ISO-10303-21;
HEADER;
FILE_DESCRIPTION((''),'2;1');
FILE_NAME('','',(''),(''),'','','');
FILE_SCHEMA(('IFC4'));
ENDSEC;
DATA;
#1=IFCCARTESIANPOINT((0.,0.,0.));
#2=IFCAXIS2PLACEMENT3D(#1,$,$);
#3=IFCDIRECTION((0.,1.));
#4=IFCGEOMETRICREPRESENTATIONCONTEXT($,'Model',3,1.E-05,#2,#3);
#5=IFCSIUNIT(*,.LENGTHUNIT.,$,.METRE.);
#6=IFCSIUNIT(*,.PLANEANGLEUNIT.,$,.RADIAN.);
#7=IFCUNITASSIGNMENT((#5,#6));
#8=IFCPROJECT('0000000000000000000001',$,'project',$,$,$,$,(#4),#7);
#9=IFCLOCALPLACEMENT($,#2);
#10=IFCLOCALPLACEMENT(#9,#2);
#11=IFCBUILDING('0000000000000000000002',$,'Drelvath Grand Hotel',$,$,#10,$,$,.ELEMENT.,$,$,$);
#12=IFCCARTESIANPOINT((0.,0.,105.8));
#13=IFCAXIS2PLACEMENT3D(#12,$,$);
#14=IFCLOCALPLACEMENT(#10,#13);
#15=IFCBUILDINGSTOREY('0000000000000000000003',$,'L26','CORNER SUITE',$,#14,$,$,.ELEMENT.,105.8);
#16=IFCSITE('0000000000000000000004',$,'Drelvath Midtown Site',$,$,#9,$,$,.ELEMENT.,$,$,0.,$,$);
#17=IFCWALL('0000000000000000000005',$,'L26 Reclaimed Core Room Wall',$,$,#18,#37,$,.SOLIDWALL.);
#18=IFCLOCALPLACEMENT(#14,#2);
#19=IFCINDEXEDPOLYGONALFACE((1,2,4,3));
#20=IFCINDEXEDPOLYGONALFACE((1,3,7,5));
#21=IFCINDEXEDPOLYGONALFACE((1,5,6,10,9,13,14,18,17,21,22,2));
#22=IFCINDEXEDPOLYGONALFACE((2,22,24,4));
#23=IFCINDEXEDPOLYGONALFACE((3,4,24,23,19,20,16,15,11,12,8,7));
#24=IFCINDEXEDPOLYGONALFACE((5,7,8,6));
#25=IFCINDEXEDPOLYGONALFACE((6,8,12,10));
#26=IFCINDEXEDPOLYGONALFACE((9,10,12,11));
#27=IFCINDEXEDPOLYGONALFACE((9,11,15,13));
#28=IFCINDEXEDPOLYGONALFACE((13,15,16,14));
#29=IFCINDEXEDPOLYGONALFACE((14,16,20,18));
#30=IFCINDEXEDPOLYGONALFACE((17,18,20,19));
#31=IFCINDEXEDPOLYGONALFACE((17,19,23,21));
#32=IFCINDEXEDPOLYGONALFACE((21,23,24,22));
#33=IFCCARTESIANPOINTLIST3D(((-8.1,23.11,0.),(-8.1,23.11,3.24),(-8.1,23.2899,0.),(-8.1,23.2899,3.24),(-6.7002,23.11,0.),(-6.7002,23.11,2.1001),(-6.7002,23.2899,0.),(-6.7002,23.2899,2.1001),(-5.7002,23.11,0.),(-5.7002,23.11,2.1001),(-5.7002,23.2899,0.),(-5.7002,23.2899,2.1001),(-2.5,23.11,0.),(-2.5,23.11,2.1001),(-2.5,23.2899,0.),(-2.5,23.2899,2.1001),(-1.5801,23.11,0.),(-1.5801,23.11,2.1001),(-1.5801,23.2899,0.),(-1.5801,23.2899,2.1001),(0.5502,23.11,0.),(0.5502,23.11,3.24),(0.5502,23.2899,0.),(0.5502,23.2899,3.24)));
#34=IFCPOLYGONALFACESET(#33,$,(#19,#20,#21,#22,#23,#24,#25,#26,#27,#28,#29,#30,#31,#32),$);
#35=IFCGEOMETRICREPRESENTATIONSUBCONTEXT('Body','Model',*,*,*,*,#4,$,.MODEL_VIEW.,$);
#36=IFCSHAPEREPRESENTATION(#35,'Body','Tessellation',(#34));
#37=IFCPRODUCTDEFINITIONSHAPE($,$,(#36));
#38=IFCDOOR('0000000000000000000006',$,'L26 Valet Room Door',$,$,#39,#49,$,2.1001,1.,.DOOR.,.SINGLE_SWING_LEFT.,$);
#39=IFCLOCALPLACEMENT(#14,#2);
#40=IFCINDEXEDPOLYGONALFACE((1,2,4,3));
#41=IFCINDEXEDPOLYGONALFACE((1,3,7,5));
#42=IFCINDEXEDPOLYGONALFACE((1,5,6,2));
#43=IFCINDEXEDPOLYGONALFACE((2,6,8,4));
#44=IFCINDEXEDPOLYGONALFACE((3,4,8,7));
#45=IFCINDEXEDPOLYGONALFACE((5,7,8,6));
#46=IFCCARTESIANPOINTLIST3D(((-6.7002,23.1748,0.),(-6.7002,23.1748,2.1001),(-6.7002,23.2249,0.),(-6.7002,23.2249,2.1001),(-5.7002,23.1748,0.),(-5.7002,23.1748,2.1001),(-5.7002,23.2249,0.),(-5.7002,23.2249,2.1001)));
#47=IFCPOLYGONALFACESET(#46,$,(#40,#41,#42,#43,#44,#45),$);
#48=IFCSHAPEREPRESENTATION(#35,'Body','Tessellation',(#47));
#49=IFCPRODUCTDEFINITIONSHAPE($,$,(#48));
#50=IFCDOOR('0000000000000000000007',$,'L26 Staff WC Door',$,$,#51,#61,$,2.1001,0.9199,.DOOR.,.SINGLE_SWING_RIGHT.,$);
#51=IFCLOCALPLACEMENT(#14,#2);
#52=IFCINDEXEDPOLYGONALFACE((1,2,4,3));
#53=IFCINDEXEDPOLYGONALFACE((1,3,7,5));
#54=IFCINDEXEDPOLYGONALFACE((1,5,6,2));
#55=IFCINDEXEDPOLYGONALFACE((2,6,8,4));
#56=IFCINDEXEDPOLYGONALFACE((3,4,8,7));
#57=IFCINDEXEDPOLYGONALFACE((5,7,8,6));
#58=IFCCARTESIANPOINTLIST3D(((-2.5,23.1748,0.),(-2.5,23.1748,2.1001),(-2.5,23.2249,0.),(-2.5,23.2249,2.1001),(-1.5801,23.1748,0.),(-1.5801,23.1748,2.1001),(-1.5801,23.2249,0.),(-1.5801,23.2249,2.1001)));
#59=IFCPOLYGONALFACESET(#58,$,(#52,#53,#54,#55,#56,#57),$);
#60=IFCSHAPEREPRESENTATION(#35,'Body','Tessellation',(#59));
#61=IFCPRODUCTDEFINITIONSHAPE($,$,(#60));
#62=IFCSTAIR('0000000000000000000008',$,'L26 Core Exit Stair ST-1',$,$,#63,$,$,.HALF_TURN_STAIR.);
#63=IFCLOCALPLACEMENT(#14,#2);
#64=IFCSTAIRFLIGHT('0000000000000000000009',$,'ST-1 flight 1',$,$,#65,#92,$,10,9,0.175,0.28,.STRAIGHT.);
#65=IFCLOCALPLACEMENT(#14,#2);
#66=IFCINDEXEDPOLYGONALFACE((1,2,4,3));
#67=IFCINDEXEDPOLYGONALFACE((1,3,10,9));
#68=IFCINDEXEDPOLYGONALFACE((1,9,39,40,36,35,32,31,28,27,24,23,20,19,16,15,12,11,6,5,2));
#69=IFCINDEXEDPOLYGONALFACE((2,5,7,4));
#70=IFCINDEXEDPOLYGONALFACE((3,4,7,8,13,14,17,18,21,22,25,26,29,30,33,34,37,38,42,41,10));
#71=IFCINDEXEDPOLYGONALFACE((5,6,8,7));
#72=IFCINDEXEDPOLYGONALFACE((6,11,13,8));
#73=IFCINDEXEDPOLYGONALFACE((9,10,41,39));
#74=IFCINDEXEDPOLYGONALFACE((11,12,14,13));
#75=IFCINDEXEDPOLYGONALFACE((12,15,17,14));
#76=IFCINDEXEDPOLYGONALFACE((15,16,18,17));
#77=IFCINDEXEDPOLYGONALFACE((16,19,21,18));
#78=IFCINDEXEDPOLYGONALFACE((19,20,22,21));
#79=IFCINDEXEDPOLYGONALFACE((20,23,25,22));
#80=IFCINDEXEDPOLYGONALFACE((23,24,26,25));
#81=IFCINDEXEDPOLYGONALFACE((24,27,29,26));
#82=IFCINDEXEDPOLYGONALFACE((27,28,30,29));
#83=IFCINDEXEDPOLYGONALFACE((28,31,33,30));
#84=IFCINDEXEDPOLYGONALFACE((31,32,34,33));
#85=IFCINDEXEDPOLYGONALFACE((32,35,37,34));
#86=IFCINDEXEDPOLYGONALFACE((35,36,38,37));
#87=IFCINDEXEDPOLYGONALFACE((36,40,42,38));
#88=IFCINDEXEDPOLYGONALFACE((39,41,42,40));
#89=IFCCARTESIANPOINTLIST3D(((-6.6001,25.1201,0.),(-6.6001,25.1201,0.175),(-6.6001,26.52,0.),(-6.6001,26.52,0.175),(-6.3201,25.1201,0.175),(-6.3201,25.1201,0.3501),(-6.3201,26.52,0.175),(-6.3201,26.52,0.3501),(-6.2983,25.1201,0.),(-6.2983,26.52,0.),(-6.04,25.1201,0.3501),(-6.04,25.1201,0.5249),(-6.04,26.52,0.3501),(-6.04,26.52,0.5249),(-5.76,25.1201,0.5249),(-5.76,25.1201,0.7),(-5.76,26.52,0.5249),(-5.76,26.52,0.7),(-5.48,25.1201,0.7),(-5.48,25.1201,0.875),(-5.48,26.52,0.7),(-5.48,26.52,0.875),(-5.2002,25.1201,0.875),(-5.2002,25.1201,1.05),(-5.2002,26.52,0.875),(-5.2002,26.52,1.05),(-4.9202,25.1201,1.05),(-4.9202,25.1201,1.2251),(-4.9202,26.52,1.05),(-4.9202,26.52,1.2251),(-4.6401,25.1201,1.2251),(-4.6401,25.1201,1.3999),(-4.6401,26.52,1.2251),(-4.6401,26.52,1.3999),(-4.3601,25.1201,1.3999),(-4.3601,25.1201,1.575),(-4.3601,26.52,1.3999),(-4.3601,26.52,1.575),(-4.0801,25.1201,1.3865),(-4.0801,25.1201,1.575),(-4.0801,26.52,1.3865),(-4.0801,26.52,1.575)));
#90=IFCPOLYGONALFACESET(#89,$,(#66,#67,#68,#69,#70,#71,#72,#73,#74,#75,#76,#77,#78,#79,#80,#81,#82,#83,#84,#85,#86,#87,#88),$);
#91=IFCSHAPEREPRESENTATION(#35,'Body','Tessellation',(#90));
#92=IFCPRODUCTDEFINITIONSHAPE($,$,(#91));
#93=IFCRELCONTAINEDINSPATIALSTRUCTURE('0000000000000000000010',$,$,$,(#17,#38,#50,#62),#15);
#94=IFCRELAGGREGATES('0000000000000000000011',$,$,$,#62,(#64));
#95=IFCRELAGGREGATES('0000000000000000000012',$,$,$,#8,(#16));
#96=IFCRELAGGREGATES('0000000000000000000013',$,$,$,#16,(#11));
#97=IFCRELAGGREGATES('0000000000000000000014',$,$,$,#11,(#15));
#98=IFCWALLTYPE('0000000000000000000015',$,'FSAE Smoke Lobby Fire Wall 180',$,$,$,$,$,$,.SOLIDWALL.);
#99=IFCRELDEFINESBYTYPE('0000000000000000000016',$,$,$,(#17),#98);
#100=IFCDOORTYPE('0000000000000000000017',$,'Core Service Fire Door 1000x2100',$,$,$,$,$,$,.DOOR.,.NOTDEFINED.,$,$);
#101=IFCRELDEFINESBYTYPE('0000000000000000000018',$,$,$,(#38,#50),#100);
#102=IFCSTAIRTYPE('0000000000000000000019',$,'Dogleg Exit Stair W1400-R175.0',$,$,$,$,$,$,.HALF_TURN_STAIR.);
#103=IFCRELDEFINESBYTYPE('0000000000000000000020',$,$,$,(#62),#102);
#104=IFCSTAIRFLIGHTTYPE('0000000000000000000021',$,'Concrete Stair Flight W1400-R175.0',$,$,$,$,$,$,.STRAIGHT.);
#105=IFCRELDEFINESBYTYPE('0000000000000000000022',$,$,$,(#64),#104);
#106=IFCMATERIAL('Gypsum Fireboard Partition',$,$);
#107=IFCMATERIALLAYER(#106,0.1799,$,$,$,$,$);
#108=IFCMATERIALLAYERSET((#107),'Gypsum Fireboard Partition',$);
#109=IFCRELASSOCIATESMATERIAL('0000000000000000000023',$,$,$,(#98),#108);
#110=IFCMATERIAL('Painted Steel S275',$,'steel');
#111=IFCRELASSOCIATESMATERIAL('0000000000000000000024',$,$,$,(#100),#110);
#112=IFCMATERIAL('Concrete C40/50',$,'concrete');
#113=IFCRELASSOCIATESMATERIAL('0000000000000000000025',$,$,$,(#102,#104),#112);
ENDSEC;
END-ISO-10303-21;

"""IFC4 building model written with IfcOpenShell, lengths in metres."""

from ifc_helpers import new_model, si_unit, direction, frame, frame_2d, origin, place, context, subcontext, project, spatial, polyline, rectangle, outline, extrude, material, layer, layer_set, type_object, element, fill, aggregate, save


model = new_model("IFC4")

# Units and contexts
model_context = context("Model", 3, precision=1e-05, world=origin(), true_north=direction((0.0, 1.0)))
body_context = subcontext(model_context, "Body", "Model", "MODEL_VIEW")
ifc_project = project(units=[si_unit("LENGTHUNIT", "METRE"), si_unit("PLANEANGLEUNIT", "RADIAN")], contexts=[model_context])

# Site, building, storey
site_placement = place(None, origin())
site = spatial("IfcSite", under=ifc_project, at=site_placement, Name="Drelvath Midtown Site", CompositionType="ELEMENT", RefElevation=0.0)
building_placement = place(site_placement, origin())
building = spatial("IfcBuilding", under=site, at=building_placement, Name="Drelvath Grand Hotel", CompositionType="ELEMENT")
storey_placement = place(building_placement, frame((0.0, 0.0, 105.8)))
storey = spatial("IfcBuildingStorey", under=building, at=storey_placement, Name="L26", Description="CORNER SUITE", CompositionType="ELEMENT", Elevation=105.8)

# Shared definitions
ifc_material_1 = material(Name="Concrete C40/50", Category="concrete")
ifc_material_2 = material(Name="Painted Steel S275", Category="steel")
ifc_material_3 = material(Name="Gypsum Fireboard Partition")

# Wall, openings, doors
ifc_layer_1 = layer(ifc_material_3, 0.1799)
ifc_layer_set_1 = layer_set([ifc_layer_1], Name="Gypsum Fireboard Partition")
wall_type_1 = type_object("IfcWallType", Name="FSAE Smoke Lobby Fire Wall 180", PredefinedType="SOLIDWALL", material=ifc_layer_set_1)
wall_1_placement = place(storey_placement, frame((-8.1001, 23.2, 0.0), z_axis=(0.0, 0.0, 1.0), x_axis=(1.0, 0.0, 0.0)))
wall_1 = element("IfcWall", 1, at=wall_1_placement, inside=storey, type_object=wall_type_1, Name="L26 Reclaimed Core Room Wall", PredefinedType="SOLIDWALL", context=body_context, shape_type="SweptSolid", body=[
    extrude(rectangle(XDim=8.6501, YDim=0.1799, at=frame_2d((4.3252, 0.0))), origin(), (0.0, 0.0, 1.0), 3.24),
])
opening_1_placement = place(wall_1_placement, frame((1.3999, 0.0, 0.0)))
opening_1 = element("IfcOpeningElement", 2, at=opening_1_placement, cuts=wall_1, PredefinedType="OPENING", context=body_context, shape_type="SweptSolid", body=[
    extrude(rectangle(XDim=1.0, YDim=2.1001, at=frame_2d((0.5, 1.05))), frame((0.0, 0.0999, 0.0), z_axis=(0.0, -1.0, 0.0), x_axis=(1.0, 0.0, 0.0)), (0.0, 0.0, 1.0), 0.2),
])
opening_2_placement = place(wall_1_placement, frame((5.6001, 0.0, 0.0)))
opening_2 = element("IfcOpeningElement", 3, at=opening_2_placement, cuts=wall_1, PredefinedType="OPENING", context=body_context, shape_type="SweptSolid", body=[
    extrude(rectangle(XDim=0.9199, YDim=2.1001, at=frame_2d((0.46, 1.05))), frame((0.0, 0.0999, 0.0), z_axis=(0.0, -1.0, 0.0), x_axis=(1.0, 0.0, 0.0)), (0.0, 0.0, 1.0), 0.2),
])
door_type_1 = type_object("IfcDoorType", Name="Core Service Fire Door 1000x2100", OperationType="NOTDEFINED", PredefinedType="DOOR", material=ifc_material_2)
door_1_placement = place(opening_1_placement, origin())
door_1 = element("IfcDoor", 4, at=door_1_placement, inside=storey, type_object=door_type_1, Name="L26 Valet Room Door", OperationType="SINGLE_SWING_LEFT", OverallHeight=2.1001, OverallWidth=1.0, PredefinedType="DOOR", context=body_context, shape_type="SweptSolid", body=[
    extrude(rectangle(XDim=1.0, YDim=2.1001, at=frame_2d((0.5, 1.05))), frame((0.0, 0.0249, 0.0), z_axis=(0.0, -1.0, 0.0), x_axis=(1.0, 0.0, 0.0)), (0.0, 0.0, 1.0), 0.05),
])
fill(opening_1, door_1)
door_2_placement = place(opening_2_placement, origin())
door_2 = element("IfcDoor", 5, at=door_2_placement, inside=storey, type_object=door_type_1, Name="L26 Staff WC Door", OperationType="SINGLE_SWING_RIGHT", OverallHeight=2.1001, OverallWidth=0.9199, PredefinedType="DOOR", context=body_context, shape_type="SweptSolid", body=[
    extrude(rectangle(XDim=0.9199, YDim=2.1001, at=frame_2d((0.46, 1.05))), frame((0.0, 0.0249, 0.0), z_axis=(0.0, -1.0, 0.0), x_axis=(1.0, 0.0, 0.0)), (0.0, 0.0, 1.0), 0.05),
])
fill(opening_2, door_2)

# Stair, stair flight
stair_type = type_object("IfcStairType", Name="Dogleg Exit Stair W1400-R175.0", PredefinedType="HALF_TURN_STAIR", material=ifc_material_1)
stair_placement = place(storey_placement, origin())
stair = element("IfcStair", 6, at=stair_placement, inside=storey, type_object=stair_type, Name="L26 Core Exit Stair ST-1", PredefinedType="HALF_TURN_STAIR")
stair_flight_type = type_object("IfcStairFlightType", Name="Concrete Stair Flight W1400-R175.0", PredefinedType="STRAIGHT", material=ifc_material_1)
stair_flight_placement = place(storey_placement, frame((-6.6001, 25.8201, 0.0), z_axis=(0.0, 0.0, 1.0), x_axis=(1.0, 0.0, 0.0)))
stair_flight = element("IfcStairFlight", 7, at=stair_flight_placement, type_object=stair_flight_type, Name="ST-1 flight 1", NumberOfRisers=10, NumberOfTreads=9, PredefinedType="STRAIGHT", RiserHeight=0.175, TreadLength=0.28, context=body_context, shape_type="SweptSolid", body=[
    extrude(outline(polyline([(0.0, 0.0), (0.0, 0.175), (0.28, 0.175), (0.28, 0.3501), (0.5601, 0.3501), (0.5601, 0.5249), (0.8401, 0.5249), (0.8401, 0.7), (1.1201, 0.7), (1.1201, 0.875), (1.3999, 0.875), (1.3999, 1.05), (1.6799, 1.05), (1.6799, 1.2251), (1.96, 1.2251), (1.96, 1.3999), (2.24, 1.3999), (2.24, 1.575), (2.52, 1.575), (2.52, 1.75), (2.52, 1.3865), (0.3018, 0.0), (0.0, 0.0)])), frame((0.0, 0.7, 0.0), z_axis=(0.0, -1.0, 0.0), x_axis=(1.0, 0.0, 0.0)), (0.0, 0.0, 1.0), 1.3999),
])
aggregate(stair, [stair_flight])

save(model, "model.ifc")
